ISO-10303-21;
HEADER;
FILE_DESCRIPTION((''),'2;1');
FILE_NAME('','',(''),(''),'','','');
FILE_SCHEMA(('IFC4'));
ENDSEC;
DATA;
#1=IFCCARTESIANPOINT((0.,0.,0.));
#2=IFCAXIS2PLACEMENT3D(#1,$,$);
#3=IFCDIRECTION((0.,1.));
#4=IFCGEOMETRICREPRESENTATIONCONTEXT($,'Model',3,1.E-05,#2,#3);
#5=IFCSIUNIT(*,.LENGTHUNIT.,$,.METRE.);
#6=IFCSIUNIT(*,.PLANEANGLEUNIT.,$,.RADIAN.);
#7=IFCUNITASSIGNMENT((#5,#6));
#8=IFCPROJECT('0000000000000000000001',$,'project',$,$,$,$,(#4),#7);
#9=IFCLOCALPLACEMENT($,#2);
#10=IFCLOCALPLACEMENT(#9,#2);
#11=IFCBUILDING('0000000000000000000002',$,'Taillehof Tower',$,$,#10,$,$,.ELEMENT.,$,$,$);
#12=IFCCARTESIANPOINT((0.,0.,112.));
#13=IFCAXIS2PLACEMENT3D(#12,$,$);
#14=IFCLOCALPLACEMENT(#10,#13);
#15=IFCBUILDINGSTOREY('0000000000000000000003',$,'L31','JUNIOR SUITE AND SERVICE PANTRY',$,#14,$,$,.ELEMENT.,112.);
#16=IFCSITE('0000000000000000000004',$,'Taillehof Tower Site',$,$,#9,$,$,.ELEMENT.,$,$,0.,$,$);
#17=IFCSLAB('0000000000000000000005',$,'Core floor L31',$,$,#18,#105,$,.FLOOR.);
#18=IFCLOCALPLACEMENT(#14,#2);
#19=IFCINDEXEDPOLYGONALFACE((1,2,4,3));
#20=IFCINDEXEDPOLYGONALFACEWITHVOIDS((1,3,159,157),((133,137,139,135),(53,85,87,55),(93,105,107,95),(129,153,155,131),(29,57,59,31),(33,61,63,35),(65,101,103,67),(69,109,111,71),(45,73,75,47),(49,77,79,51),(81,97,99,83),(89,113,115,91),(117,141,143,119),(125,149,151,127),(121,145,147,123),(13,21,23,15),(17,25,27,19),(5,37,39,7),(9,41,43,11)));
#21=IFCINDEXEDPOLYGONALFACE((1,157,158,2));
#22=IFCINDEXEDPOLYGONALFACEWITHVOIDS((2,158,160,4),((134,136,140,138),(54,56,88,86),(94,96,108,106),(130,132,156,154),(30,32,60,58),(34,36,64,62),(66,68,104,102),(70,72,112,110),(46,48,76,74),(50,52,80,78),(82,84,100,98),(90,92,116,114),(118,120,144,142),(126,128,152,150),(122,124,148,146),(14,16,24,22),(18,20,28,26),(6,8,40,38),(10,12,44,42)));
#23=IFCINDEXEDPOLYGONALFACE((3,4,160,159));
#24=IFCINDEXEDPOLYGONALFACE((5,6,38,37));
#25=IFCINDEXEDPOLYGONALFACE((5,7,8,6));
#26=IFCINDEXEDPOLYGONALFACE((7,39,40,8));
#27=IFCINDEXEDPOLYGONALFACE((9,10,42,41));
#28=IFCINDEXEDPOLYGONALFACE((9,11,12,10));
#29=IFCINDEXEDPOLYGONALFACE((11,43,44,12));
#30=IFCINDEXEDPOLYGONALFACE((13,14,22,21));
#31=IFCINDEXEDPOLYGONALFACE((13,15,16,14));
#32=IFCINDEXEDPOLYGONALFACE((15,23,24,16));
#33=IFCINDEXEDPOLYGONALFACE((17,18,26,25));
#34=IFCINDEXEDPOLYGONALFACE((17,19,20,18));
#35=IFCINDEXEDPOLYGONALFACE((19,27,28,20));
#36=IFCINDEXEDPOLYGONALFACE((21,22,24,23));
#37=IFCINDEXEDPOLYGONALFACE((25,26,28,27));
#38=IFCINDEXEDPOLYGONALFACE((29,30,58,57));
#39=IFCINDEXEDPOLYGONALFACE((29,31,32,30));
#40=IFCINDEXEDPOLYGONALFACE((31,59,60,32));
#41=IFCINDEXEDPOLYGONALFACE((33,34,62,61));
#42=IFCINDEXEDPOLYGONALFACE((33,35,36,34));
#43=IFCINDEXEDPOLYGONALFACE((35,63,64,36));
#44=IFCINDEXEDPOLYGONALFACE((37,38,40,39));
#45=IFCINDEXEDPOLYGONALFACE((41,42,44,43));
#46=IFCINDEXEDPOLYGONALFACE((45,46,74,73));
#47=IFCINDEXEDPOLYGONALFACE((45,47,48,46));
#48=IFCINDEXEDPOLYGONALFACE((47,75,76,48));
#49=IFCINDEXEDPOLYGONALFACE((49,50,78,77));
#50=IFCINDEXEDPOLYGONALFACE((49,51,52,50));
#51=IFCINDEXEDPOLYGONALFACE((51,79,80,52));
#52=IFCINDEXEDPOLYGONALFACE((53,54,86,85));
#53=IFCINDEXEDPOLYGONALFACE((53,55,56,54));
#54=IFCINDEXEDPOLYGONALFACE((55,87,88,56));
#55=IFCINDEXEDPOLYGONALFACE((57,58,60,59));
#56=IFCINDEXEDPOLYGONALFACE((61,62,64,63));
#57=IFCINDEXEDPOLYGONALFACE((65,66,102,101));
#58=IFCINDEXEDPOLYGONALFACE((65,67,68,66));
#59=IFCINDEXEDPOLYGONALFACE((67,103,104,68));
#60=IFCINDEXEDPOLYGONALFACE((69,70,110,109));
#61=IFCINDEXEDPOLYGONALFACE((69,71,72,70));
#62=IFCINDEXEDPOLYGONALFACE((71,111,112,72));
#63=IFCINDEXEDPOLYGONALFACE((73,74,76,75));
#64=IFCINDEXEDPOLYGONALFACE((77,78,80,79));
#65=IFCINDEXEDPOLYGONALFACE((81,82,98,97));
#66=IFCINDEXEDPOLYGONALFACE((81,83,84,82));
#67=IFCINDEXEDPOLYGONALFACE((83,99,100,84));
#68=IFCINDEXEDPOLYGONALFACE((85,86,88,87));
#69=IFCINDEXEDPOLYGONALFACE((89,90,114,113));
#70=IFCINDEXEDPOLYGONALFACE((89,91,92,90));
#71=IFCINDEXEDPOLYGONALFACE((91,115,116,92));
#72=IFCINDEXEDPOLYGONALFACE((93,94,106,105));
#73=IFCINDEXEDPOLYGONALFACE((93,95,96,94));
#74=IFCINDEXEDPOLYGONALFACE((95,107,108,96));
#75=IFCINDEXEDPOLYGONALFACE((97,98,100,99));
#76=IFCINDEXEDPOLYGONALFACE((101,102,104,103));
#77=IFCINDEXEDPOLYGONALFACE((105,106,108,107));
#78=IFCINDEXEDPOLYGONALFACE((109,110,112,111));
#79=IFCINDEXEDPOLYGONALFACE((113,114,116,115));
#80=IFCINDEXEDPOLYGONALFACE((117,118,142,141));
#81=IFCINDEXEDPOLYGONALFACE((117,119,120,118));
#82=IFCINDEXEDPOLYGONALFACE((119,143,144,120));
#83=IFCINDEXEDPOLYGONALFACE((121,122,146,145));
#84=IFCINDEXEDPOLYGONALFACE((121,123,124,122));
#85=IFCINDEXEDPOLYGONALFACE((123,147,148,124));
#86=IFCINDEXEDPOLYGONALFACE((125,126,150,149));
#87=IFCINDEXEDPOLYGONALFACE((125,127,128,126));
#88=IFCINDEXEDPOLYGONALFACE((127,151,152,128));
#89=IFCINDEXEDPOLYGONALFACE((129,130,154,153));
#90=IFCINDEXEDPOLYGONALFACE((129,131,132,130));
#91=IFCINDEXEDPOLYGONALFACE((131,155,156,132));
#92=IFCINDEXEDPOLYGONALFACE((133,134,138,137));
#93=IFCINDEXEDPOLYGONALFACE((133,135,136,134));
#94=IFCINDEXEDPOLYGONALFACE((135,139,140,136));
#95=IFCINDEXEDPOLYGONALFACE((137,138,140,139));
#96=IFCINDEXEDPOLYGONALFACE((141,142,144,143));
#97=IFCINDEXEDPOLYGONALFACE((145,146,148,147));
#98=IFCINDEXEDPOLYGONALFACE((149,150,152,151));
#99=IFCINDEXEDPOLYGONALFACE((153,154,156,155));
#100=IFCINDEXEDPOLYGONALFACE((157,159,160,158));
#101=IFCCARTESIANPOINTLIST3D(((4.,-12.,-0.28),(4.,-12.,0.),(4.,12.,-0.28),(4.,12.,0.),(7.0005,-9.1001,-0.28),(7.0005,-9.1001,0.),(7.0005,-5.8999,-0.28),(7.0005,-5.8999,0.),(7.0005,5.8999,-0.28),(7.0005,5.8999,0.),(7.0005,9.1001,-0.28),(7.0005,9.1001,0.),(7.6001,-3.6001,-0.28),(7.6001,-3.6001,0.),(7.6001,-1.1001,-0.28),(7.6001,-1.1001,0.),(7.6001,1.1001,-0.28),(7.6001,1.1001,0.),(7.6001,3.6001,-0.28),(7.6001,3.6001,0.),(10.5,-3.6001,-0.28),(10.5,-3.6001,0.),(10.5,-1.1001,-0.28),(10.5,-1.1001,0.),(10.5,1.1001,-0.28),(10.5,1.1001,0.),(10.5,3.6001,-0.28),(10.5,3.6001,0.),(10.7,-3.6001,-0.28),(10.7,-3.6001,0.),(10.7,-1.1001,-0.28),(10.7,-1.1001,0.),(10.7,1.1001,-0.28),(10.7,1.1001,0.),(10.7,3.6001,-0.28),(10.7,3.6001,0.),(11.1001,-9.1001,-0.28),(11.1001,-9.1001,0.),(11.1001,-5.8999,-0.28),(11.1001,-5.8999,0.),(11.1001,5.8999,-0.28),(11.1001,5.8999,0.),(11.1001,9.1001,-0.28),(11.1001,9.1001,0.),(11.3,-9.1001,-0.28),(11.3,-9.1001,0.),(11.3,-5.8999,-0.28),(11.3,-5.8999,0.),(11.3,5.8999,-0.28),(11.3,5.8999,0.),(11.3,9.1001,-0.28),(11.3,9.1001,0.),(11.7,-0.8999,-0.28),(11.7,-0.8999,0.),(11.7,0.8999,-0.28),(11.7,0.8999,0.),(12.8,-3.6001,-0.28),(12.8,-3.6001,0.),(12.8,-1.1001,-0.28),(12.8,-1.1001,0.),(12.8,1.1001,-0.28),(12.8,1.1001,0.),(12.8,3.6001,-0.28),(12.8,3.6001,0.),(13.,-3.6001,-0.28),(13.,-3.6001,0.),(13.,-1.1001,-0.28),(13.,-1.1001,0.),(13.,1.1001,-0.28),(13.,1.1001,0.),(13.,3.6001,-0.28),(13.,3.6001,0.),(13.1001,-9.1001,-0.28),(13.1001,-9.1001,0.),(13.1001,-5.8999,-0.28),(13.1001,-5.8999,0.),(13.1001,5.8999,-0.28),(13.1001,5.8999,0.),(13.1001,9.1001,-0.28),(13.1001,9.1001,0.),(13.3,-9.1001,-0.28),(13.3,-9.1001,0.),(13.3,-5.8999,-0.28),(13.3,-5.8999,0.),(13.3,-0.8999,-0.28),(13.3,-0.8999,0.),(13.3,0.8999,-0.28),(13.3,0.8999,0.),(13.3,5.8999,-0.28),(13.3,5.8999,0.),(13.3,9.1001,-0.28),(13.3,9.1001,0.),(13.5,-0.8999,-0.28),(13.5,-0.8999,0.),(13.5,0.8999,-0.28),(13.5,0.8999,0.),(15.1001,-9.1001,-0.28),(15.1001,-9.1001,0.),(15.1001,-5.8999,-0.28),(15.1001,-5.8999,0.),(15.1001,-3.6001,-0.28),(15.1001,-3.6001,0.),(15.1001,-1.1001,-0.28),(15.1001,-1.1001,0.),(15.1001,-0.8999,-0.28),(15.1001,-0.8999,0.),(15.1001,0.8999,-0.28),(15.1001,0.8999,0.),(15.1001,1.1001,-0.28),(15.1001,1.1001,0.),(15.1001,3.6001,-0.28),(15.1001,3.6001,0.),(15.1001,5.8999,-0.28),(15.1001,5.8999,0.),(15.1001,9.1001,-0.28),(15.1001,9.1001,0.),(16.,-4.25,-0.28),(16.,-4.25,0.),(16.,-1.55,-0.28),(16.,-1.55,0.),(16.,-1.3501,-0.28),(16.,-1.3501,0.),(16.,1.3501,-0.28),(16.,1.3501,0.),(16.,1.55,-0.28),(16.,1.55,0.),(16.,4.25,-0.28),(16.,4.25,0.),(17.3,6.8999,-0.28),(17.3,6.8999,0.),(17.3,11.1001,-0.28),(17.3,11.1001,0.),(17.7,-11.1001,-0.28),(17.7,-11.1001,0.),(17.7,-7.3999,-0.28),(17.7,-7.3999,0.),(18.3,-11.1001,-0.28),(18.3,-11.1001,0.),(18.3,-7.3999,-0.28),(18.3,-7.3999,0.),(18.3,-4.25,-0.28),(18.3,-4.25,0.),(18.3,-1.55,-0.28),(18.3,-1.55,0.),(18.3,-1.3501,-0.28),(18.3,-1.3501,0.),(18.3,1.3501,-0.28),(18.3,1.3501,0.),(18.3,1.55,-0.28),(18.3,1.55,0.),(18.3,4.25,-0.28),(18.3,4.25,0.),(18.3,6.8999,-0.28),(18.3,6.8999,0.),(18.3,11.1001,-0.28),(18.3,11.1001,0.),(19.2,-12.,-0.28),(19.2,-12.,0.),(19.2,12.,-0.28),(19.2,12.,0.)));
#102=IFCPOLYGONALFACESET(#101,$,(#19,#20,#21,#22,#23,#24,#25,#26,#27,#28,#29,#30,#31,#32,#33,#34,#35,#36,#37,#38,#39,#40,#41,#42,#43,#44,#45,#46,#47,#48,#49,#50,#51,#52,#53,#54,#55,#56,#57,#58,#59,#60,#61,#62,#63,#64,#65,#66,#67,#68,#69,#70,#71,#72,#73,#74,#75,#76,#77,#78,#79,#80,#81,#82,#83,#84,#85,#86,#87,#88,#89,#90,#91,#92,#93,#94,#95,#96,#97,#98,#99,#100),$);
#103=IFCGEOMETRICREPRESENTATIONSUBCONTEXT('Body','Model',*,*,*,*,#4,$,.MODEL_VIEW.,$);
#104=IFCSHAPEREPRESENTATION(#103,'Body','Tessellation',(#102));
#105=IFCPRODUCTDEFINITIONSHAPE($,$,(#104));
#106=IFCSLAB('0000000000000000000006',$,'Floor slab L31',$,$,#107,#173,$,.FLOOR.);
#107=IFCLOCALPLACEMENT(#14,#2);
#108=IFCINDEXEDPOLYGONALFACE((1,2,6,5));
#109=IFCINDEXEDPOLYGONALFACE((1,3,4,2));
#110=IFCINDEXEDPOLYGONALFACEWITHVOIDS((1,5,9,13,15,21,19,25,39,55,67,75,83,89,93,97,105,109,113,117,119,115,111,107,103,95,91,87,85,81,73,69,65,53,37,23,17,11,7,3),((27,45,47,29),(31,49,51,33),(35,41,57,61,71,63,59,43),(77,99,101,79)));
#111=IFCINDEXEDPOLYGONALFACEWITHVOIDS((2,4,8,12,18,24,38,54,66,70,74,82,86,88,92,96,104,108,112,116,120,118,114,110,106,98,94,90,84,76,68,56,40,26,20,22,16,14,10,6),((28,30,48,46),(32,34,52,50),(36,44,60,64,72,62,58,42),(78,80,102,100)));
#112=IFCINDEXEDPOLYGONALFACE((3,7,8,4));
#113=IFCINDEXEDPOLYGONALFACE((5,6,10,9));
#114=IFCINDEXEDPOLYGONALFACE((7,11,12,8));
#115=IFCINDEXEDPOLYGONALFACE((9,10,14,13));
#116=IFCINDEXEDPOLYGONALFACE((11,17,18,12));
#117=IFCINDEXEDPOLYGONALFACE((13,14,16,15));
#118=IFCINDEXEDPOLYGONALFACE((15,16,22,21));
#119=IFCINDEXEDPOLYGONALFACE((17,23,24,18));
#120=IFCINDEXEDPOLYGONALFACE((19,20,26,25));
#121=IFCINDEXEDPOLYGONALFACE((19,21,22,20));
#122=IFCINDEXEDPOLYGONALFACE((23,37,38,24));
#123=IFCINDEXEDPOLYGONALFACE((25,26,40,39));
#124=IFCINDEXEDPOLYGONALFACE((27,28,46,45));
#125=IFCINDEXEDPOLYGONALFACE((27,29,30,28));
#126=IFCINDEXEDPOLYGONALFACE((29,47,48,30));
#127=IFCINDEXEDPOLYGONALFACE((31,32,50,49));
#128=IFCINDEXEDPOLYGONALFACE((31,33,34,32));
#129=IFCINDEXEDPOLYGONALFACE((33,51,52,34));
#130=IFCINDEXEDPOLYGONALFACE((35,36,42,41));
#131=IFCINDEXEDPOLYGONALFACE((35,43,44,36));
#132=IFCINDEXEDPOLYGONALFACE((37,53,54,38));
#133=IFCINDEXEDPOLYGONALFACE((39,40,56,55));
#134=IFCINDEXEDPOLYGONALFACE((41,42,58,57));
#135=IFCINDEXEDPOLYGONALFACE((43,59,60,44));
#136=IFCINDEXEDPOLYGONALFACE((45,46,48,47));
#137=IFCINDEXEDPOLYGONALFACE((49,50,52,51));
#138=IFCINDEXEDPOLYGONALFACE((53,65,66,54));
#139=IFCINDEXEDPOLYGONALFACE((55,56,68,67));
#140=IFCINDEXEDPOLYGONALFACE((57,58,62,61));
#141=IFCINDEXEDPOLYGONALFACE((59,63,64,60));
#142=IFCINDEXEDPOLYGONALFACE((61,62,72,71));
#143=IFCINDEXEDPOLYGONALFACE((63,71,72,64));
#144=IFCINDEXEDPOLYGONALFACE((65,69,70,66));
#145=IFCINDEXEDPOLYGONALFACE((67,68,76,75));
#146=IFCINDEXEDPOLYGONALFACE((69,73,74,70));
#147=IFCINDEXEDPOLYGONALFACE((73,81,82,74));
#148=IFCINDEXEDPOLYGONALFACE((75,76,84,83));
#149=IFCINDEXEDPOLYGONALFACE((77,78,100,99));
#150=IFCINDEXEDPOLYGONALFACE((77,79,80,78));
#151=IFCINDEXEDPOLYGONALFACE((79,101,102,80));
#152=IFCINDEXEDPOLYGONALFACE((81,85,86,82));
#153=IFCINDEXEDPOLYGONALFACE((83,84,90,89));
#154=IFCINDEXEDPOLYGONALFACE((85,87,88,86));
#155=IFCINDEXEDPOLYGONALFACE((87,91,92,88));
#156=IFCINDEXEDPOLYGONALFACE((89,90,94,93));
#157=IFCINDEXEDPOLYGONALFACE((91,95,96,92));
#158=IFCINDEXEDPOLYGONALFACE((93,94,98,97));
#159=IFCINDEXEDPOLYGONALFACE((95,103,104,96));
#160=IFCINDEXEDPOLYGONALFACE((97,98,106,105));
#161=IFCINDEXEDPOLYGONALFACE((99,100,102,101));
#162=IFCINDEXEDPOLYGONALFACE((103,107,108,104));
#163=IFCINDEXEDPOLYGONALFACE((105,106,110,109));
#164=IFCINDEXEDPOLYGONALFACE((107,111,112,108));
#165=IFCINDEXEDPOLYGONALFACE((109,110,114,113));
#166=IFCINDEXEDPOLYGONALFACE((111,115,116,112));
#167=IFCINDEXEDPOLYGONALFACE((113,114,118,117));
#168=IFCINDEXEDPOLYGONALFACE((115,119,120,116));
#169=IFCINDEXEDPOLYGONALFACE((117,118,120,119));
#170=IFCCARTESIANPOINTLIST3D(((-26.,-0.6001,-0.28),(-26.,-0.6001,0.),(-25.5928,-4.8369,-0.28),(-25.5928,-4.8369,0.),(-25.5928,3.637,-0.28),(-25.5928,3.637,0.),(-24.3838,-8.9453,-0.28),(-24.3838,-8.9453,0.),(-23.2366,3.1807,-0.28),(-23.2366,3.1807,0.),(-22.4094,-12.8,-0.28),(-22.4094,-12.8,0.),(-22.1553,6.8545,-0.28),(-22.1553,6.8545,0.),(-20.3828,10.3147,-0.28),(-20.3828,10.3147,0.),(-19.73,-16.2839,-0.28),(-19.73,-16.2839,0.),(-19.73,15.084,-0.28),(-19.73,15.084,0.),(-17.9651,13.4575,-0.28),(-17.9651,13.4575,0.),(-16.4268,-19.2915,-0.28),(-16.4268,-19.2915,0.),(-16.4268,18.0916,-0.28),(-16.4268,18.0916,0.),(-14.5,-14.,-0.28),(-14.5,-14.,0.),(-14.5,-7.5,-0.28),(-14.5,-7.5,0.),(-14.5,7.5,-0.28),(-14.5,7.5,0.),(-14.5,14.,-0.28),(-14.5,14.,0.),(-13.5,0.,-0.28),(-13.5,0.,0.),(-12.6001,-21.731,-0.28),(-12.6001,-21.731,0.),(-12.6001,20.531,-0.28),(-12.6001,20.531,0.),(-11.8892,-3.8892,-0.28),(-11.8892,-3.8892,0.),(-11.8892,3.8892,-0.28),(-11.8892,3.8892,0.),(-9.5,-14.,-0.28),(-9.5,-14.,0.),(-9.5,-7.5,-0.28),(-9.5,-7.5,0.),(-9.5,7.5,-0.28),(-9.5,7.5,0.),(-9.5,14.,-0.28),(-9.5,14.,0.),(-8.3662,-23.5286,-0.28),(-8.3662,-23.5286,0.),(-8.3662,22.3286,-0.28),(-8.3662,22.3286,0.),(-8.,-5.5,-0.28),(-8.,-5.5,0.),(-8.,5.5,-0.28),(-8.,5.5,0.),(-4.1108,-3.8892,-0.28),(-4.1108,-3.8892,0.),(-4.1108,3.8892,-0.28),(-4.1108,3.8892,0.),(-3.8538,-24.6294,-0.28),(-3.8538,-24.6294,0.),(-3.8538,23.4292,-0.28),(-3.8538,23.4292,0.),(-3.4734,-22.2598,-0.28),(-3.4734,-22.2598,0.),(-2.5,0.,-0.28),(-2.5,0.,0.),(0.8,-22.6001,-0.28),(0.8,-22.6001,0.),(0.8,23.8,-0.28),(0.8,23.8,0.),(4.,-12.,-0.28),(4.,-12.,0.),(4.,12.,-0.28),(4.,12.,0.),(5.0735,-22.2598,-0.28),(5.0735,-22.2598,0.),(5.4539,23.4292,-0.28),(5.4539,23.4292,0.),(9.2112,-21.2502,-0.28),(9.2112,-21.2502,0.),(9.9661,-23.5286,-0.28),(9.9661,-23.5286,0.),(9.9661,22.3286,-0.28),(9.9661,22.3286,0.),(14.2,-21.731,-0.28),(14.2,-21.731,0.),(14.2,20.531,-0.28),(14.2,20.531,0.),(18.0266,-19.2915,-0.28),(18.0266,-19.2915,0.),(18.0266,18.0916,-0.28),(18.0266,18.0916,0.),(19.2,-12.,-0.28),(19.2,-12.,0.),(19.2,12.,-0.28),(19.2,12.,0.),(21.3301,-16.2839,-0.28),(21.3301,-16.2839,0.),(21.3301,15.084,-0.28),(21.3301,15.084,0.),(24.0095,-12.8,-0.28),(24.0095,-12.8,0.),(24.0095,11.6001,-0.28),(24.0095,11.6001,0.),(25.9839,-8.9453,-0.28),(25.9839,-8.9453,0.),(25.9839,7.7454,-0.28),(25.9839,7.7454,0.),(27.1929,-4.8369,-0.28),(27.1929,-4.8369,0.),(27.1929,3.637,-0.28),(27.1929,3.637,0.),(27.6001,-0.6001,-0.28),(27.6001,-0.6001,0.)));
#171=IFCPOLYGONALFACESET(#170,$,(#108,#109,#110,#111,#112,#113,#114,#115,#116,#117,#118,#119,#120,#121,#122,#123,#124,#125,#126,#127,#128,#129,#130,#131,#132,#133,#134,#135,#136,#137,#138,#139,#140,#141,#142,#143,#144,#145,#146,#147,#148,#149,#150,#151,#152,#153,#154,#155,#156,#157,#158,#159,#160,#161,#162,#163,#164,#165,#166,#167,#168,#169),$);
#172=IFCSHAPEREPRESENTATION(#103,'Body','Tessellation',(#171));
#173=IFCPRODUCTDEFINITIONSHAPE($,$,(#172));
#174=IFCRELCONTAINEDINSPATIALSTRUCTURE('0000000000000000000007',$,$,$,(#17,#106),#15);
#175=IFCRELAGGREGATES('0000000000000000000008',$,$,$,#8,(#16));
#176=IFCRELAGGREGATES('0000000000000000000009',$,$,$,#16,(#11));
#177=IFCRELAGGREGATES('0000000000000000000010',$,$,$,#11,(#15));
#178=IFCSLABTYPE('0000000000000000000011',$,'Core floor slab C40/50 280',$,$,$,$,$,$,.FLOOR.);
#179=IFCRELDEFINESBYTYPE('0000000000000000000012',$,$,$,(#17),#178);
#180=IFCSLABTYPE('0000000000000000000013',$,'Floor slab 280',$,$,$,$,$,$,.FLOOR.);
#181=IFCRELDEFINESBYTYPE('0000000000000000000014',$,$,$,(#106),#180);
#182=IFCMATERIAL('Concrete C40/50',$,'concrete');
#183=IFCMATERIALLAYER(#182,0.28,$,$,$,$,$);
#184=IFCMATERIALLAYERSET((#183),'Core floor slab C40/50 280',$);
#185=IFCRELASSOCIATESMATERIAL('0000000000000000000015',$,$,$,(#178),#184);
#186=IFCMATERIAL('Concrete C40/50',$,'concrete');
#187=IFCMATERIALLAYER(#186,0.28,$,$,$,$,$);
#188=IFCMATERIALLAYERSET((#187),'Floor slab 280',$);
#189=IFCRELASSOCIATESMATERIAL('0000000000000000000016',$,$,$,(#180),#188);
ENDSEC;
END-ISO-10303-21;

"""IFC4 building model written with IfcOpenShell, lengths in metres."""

from ifc_helpers import new_model, si_unit, direction, frame, origin, place, context, subcontext, project, spatial, polyline, outline, extrude, material, layer, layer_set, type_object, element, save


model = new_model("IFC4")

# Units and contexts
model_context = context("Model", 3, precision=1e-05, world=origin(), true_north=direction((0.0, 1.0)))
body_context = subcontext(model_context, "Body", "Model", "MODEL_VIEW")
ifc_project = project(units=[si_unit("LENGTHUNIT", "METRE"), si_unit("PLANEANGLEUNIT", "RADIAN")], contexts=[model_context])

# Site, building, storey
site_placement = place(None, origin())
site = spatial("IfcSite", under=ifc_project, at=site_placement, Name="Taillehof Tower Site", CompositionType="ELEMENT", RefElevation=0.0)
building_placement = place(site_placement, origin())
building = spatial("IfcBuilding", under=site, at=building_placement, Name="Taillehof Tower", CompositionType="ELEMENT")
storey_placement = place(building_placement, frame((0.0, 0.0, 112.0)))
storey = spatial("IfcBuildingStorey", under=building, at=storey_placement, Name="L31", Description="JUNIOR SUITE AND SERVICE PANTRY", CompositionType="ELEMENT", Elevation=112.0)

# Slabs
ifc_material_1 = material(Name="Concrete C40/50", Category="concrete")
ifc_layer_1 = layer(ifc_material_1, 0.28)
ifc_layer_set_1 = layer_set([ifc_layer_1], Name="Core floor slab C40/50 280")
slab_type_1 = type_object("IfcSlabType", Name="Core floor slab C40/50 280", PredefinedType="FLOOR", material=ifc_layer_set_1)
slab_1_placement = place(storey_placement, frame((0.0, 0.0, -0.28)))
element("IfcSlab", 1, at=slab_1_placement, inside=storey, type_object=slab_type_1, Name="Core floor L31", PredefinedType="FLOOR", context=body_context, shape_type="SweptSolid", body=[
    extrude(outline(polyline([(4.0, -12.0), (4.0, 12.0), (19.2, 12.0), (19.2, -12.0), (4.0, -12.0)]), holes=[polyline([(7.0005, -9.1001), (11.1001, -9.1001), (11.1001, -5.8999), (7.0005, -5.8999), (7.0005, -9.1001)]), polyline([(13.1001, -9.1001), (13.1001, -5.8999), (11.3, -5.8999), (11.3, -9.1001), (13.1001, -9.1001)]), polyline([(10.5, -3.6001), (10.5, -1.1001), (7.6001, -1.1001), (7.6001, -3.6001), (10.5, -3.6001)]), polyline([(12.8, -3.6001), (12.8, -1.1001), (10.7, -1.1001), (10.7, -3.6001), (12.8, -3.6001)]), polyline([(13.3, -0.8999), (13.3, 0.8999), (11.7, 0.8999), (11.7, -0.8999), (13.3, -0.8999)]), polyline([(10.5, 1.1001), (10.5, 3.6001), (7.6001, 3.6001), (7.6001, 1.1001), (10.5, 1.1001)]), polyline([(12.8, 1.1001), (12.8, 3.6001), (10.7, 3.6001), (10.7, 1.1001), (12.8, 1.1001)]), polyline([(13.0, 1.1001), (15.1001, 1.1001), (15.1001, 3.6001), (13.0, 3.6001), (13.0, 1.1001)]), polyline([(11.3, 5.8999), (13.1001, 5.8999), (13.1001, 9.1001), (11.3, 9.1001), (11.3, 5.8999)]), polyline([(11.1001, 5.8999), (11.1001, 9.1001), (7.0005, 9.1001), (7.0005, 5.8999), (11.1001, 5.8999)]), polyline([(18.3, -11.1001), (18.3, -7.3999), (17.7, -7.3999), (17.7, -11.1001), (18.3, -11.1001)]), polyline([(15.1001, -9.1001), (15.1001, -5.8999), (13.3, -5.8999), (13.3, -9.1001), (15.1001, -9.1001)]), polyline([(16.0, -4.25), (18.3, -4.25), (18.3, -1.55), (16.0, -1.55), (16.0, -4.25)]), polyline([(13.0, -3.6001), (15.1001, -3.6001), (15.1001, -1.1001), (13.0, -1.1001), (13.0, -3.6001)]), polyline([(15.1001, -0.8999), (15.1001, 0.8999), (13.5, 0.8999), (13.5, -0.8999), (15.1001, -0.8999)]), polyline([(18.3, -1.3501), (18.3, 1.3501), (16.0, 1.3501), (16.0, -1.3501), (18.3, -1.3501)]), polyline([(18.3, 1.55), (18.3, 4.25), (16.0, 4.25), (16.0, 1.55), (18.3, 1.55)]), polyline([(13.3, 5.8999), (15.1001, 5.8999), (15.1001, 9.1001), (13.3, 9.1001), (13.3, 5.8999)]), polyline([(17.3, 6.8999), (18.3, 6.8999), (18.3, 11.1001), (17.3, 11.1001), (17.3, 6.8999)])]), origin(), (0.0, 0.0, 1.0), 0.28),
])
ifc_material_2 = material(Name="Concrete C40/50", Category="concrete")
ifc_layer_2 = layer(ifc_material_2, 0.28)
ifc_layer_set_2 = layer_set([ifc_layer_2], Name="Floor slab 280")
slab_type_2 = type_object("IfcSlabType", Name="Floor slab 280", PredefinedType="FLOOR", material=ifc_layer_set_2)
slab_2_placement = place(storey_placement, frame((0.0, 0.0, -0.28)))
element("IfcSlab", 2, at=slab_2_placement, inside=storey, type_object=slab_type_2, Name="Floor slab L31", PredefinedType="FLOOR", context=body_context, shape_type="SweptSolid", body=[
    extrude(outline(polyline([(27.6001, -0.6001), (27.1929, 3.637), (25.9839, 7.7454), (24.0095, 11.6001), (21.3301, 15.084), (18.0266, 18.0916), (14.2, 20.531), (9.9661, 22.3286), (5.4539, 23.4292), (0.8, 23.8), (-3.8538, 23.4292), (-8.3662, 22.3286), (-12.6001, 20.531), (-16.4268, 18.0916), (-19.73, 15.084), (-17.9651, 13.4575), (-20.3828, 10.3147), (-22.1553, 6.8545), (-23.2366, 3.1807), (-25.5928, 3.637), (-26.0, -0.6001), (-25.5928, -4.8369), (-24.3838, -8.9453), (-22.4094, -12.8), (-19.73, -16.2839), (-16.4268, -19.2915), (-12.6001, -21.731), (-8.3662, -23.5286), (-3.8538, -24.6294), (-3.4734, -22.2598), (0.8, -22.6001), (5.0735, -22.2598), (9.2112, -21.2502), (9.9661, -23.5286), (14.2, -21.731), (18.0266, -19.2915), (21.3301, -16.2839), (24.0095, -12.8), (25.9839, -8.9453), (27.1929, -4.8369), (27.6001, -0.6001)]), holes=[polyline([(-14.5, -7.5), (-9.5, -7.5), (-9.5, -14.0), (-14.5, -14.0), (-14.5, -7.5)]), polyline([(-8.0, -5.5), (-11.8892, -3.8892), (-13.5, 0.0), (-11.8892, 3.8892), (-8.0, 5.5), (-4.1108, 3.8892), (-2.5, 0.0), (-4.1108, -3.8892), (-8.0, -5.5)]), polyline([(19.2, 12.0), (19.2, -12.0), (4.0, -12.0), (4.0, 12.0), (19.2, 12.0)]), polyline([(-14.5, 14.0), (-9.5, 14.0), (-9.5, 7.5), (-14.5, 7.5), (-14.5, 14.0)])]), origin(), (0.0, 0.0, 1.0), 0.28),
])

save(model, "model.ifc")
